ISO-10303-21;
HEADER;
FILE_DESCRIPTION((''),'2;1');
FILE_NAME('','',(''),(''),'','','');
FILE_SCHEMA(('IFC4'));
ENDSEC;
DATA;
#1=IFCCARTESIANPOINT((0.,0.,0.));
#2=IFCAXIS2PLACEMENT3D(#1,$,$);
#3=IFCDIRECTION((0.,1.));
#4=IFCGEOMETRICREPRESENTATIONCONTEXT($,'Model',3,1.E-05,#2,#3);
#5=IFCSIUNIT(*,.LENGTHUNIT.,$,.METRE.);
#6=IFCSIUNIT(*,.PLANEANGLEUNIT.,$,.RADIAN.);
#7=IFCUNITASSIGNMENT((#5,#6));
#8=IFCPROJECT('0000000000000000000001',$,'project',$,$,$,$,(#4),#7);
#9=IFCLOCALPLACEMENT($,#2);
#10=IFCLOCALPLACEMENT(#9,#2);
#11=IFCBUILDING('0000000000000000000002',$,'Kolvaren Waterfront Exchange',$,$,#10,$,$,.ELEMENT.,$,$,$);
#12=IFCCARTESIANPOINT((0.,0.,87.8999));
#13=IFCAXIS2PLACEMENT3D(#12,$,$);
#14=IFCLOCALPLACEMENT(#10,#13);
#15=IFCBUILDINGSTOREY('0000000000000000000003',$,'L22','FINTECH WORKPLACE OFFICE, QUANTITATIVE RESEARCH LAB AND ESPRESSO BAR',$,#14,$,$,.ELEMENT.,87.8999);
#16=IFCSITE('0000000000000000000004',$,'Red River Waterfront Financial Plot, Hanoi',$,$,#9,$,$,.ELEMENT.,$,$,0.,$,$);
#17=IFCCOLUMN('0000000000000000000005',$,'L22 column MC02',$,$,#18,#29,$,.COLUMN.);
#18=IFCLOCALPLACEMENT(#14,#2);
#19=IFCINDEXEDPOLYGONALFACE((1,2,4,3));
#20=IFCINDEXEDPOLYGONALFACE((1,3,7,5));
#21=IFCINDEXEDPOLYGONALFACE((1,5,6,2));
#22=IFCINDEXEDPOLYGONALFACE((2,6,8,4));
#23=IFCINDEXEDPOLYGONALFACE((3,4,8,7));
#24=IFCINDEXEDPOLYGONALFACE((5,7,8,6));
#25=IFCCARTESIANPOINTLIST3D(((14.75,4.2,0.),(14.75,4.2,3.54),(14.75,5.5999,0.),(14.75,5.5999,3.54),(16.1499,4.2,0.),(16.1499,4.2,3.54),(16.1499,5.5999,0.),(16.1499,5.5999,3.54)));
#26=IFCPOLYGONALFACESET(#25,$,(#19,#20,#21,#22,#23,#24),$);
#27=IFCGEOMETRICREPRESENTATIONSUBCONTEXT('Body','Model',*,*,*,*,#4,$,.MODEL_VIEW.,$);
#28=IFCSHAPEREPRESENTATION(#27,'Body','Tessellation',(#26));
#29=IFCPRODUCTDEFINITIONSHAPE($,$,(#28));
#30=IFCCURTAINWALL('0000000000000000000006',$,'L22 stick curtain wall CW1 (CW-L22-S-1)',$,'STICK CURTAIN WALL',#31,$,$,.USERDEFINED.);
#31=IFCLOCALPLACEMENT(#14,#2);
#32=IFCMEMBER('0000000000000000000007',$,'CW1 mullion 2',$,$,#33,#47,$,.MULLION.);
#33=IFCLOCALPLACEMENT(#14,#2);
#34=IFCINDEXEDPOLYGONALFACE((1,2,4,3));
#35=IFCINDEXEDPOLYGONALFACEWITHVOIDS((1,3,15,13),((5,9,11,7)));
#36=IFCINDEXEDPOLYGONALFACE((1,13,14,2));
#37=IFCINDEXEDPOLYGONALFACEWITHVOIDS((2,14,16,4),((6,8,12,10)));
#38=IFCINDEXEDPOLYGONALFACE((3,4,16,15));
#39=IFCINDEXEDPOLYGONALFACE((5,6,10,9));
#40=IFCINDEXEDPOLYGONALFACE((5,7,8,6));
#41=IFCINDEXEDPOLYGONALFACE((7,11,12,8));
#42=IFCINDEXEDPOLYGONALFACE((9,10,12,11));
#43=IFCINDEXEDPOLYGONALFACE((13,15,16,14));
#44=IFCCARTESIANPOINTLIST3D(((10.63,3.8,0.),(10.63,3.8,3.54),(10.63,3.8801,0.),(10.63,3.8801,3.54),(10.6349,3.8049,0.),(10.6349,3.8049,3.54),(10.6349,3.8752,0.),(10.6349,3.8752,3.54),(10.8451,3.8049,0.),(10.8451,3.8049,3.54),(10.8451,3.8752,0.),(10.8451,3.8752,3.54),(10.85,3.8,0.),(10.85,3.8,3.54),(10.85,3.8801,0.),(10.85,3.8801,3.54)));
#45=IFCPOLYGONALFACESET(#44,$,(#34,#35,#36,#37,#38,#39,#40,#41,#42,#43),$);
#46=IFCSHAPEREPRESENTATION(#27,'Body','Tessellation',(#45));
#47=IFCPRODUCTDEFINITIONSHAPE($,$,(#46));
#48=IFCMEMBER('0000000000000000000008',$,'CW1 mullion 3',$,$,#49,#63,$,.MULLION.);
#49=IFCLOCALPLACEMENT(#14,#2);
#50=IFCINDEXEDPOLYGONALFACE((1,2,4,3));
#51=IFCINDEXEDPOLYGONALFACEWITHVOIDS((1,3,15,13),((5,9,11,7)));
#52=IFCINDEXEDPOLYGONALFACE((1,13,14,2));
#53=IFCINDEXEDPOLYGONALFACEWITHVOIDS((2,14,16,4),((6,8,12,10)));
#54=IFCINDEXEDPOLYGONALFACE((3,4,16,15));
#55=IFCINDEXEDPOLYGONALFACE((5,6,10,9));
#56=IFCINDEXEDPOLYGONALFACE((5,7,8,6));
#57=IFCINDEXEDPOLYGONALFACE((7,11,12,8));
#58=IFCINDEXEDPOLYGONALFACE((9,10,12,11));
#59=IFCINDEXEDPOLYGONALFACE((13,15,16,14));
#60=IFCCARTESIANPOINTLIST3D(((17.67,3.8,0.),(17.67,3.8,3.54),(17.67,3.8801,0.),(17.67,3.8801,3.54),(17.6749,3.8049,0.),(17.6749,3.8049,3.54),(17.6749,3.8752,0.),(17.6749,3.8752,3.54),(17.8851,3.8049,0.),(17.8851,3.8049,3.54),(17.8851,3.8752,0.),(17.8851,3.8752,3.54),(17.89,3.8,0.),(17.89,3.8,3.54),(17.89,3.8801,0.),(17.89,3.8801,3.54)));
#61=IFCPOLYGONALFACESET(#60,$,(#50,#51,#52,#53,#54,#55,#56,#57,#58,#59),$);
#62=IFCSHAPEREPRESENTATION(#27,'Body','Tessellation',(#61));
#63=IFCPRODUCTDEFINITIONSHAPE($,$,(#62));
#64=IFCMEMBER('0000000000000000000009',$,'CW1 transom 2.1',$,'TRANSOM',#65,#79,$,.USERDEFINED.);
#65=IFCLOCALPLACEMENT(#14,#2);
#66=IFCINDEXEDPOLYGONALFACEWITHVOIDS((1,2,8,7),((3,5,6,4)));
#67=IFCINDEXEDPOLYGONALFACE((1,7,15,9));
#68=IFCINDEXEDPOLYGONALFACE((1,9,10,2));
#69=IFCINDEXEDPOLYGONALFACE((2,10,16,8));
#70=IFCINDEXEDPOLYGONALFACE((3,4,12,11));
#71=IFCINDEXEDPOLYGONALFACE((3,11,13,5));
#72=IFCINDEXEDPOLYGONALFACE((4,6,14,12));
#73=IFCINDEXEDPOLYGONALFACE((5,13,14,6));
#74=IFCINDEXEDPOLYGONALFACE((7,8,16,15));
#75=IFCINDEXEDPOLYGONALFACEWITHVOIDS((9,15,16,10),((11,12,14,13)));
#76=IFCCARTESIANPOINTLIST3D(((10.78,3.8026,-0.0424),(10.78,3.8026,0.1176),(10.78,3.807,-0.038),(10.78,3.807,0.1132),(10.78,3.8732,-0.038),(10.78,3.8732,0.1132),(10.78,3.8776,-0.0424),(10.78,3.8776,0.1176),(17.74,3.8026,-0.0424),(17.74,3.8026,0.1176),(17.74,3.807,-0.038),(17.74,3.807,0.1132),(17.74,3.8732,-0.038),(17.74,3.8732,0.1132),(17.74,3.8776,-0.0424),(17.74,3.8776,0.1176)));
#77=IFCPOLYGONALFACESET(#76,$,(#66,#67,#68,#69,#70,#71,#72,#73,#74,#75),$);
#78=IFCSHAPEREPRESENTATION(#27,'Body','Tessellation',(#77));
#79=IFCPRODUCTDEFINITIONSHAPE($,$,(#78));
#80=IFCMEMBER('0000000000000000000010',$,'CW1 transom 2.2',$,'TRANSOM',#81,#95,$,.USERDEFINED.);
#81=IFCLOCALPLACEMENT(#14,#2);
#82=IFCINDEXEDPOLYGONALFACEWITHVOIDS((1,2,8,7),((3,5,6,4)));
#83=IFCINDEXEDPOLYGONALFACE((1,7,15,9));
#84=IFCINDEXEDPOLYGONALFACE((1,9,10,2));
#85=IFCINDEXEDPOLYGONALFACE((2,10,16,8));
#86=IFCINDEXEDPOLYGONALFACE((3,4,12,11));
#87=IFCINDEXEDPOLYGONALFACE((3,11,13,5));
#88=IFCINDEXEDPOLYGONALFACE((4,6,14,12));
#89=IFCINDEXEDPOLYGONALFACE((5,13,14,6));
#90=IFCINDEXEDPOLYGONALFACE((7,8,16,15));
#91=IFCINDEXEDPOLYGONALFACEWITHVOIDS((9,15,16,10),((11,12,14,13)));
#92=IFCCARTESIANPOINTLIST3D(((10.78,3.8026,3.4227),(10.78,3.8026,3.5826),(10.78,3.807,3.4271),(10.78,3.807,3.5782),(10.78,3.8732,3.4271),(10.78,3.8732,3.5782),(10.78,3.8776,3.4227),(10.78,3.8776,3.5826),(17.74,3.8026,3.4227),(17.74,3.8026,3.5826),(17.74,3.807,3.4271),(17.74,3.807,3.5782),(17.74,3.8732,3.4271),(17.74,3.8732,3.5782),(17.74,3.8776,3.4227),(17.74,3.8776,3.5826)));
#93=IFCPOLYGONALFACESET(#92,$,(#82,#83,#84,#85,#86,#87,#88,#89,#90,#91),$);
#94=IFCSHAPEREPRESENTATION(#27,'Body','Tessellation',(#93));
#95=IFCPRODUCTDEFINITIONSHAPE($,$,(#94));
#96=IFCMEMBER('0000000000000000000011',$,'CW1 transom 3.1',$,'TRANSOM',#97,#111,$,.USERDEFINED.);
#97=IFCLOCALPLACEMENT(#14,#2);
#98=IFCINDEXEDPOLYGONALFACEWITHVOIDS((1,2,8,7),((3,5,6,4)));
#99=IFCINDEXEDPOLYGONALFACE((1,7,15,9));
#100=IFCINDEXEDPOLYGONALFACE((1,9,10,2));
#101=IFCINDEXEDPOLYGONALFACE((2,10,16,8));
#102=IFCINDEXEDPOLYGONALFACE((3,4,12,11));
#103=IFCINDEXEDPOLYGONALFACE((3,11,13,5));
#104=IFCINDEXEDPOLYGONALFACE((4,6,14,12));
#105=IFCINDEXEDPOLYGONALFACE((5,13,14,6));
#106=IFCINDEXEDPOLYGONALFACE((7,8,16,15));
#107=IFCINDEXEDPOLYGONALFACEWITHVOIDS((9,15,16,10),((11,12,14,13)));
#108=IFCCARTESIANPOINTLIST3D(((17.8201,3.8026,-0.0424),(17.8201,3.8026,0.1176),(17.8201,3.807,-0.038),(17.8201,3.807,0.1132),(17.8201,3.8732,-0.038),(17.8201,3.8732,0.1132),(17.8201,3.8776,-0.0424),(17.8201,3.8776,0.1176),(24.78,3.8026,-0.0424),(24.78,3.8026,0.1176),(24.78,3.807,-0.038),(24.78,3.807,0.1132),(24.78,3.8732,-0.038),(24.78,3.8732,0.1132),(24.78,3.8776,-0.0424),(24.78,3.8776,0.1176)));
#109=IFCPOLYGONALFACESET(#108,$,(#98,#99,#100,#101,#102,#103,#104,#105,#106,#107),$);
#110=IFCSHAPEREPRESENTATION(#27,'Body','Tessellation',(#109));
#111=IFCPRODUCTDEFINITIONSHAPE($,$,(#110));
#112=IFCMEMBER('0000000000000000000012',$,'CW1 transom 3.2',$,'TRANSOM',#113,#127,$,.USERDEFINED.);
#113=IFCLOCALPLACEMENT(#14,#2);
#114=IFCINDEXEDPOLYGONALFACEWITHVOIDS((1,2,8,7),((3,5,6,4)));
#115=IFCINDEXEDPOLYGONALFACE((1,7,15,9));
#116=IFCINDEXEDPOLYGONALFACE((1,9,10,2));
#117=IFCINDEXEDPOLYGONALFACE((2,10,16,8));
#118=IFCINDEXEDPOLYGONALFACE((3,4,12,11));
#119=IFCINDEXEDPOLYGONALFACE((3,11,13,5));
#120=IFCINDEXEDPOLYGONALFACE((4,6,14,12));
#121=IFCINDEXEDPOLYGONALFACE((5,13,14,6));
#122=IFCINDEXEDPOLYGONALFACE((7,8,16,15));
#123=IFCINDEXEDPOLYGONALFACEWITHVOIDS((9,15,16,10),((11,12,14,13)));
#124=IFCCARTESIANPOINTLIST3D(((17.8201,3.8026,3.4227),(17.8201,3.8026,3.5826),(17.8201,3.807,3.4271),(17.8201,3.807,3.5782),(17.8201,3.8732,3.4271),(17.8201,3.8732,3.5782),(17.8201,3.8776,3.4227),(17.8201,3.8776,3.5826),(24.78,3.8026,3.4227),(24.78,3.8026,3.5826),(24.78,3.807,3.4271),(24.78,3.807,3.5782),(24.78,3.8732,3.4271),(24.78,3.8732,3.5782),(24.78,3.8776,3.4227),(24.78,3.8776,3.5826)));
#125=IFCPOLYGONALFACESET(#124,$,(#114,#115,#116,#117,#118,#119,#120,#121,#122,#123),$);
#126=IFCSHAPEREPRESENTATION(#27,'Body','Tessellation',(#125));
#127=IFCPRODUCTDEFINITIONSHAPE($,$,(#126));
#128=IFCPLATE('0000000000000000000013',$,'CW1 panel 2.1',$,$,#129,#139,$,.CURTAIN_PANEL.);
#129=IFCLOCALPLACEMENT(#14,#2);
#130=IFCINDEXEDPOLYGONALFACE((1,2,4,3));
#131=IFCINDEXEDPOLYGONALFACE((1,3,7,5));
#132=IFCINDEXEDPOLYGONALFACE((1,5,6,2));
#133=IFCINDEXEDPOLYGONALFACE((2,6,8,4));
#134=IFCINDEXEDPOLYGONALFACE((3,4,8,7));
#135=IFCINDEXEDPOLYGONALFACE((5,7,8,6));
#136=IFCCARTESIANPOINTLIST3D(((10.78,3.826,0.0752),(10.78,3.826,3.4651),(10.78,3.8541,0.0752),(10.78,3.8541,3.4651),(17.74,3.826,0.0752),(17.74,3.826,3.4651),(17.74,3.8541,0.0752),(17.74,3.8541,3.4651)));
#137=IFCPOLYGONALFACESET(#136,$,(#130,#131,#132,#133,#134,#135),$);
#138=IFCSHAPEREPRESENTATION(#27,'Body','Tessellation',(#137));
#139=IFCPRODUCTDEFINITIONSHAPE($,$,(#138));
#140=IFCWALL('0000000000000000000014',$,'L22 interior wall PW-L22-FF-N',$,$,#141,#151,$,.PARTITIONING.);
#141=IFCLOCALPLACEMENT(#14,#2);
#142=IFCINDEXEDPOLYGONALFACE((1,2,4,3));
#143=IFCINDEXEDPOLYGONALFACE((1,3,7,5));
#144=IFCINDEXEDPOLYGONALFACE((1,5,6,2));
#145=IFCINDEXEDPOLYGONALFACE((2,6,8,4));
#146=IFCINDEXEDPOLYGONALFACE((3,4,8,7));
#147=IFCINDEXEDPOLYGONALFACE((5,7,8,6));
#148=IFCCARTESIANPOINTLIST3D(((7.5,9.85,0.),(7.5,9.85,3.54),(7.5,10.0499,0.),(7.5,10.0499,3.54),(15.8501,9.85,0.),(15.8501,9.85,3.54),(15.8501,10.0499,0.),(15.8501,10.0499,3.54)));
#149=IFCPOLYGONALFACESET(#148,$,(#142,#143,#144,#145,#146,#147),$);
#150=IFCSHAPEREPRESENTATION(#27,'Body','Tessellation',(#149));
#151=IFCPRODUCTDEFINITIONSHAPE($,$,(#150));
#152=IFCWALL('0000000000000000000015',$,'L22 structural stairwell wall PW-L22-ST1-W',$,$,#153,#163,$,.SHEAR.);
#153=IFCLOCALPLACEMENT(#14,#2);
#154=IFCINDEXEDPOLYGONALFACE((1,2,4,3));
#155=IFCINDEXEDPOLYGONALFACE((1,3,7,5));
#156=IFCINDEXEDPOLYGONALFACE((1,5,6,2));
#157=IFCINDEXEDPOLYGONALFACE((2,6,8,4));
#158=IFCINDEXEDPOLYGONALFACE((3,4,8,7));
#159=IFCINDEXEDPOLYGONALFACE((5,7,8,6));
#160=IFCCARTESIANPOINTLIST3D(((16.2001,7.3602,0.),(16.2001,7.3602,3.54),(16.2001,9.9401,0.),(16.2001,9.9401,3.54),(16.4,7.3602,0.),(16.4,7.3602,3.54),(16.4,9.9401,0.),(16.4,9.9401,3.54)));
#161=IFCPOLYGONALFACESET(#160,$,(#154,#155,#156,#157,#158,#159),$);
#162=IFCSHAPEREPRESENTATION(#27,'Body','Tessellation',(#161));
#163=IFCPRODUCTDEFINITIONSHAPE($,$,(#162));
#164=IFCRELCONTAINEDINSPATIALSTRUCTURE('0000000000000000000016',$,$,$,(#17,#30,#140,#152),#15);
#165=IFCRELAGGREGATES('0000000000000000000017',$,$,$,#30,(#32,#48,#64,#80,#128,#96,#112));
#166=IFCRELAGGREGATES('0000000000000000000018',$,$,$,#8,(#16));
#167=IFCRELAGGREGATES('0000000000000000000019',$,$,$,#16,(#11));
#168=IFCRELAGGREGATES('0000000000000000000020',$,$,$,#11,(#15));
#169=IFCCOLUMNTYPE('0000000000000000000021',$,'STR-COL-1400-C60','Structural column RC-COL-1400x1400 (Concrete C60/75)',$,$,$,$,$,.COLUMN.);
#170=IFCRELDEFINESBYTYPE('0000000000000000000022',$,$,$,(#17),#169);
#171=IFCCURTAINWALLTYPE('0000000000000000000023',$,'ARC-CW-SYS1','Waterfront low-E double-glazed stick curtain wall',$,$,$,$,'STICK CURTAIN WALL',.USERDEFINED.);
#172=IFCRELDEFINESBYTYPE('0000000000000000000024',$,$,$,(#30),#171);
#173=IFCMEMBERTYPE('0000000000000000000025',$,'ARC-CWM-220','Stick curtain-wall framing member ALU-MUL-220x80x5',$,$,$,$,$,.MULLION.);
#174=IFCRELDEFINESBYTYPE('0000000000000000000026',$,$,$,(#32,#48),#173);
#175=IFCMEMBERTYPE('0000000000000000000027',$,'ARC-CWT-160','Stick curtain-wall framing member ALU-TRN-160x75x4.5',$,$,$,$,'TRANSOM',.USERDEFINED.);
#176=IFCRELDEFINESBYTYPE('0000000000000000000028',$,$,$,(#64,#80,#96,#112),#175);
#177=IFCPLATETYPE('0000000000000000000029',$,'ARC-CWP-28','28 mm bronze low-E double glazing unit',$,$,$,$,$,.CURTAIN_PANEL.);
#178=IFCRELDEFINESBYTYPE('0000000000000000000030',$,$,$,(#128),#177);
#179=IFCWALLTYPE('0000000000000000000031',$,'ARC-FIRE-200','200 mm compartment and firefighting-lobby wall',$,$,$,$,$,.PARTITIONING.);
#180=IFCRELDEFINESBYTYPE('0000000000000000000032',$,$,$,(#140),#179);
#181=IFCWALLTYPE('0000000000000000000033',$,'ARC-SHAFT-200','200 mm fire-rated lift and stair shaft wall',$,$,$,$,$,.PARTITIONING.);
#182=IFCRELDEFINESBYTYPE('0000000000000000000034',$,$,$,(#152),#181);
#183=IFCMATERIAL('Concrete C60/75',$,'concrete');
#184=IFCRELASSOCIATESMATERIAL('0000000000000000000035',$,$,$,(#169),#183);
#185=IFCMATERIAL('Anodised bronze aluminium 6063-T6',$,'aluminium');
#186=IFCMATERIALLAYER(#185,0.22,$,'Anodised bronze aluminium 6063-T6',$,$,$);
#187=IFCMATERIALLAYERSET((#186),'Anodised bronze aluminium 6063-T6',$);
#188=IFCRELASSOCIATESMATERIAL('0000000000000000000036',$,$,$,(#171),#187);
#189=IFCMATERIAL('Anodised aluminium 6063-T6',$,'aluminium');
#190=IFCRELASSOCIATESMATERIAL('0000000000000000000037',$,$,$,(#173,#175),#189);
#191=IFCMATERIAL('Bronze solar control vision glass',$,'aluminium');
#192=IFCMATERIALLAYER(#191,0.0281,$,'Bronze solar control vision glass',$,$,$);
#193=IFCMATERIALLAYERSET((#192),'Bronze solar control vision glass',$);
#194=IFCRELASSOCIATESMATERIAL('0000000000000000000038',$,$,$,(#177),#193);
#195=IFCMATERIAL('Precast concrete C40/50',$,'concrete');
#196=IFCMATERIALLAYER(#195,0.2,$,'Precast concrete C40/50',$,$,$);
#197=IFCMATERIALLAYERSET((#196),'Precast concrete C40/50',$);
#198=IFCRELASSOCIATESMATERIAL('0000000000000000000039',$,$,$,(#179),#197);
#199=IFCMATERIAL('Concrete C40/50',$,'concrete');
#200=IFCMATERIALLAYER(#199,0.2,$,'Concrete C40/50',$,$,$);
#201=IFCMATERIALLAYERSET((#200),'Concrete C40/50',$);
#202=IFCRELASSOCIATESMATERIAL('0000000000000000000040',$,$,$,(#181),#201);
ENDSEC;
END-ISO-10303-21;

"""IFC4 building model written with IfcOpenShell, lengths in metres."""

from ifc_helpers import new_model, si_unit, direction, frame, frame_2d, origin, origin_with_axes, origin_2d, place, context, subcontext, project, spatial, rectangle, hollow_rectangle, extrude, source, transform, mapped, material, layer, layer_set, material_profile, profile_set, type_object, element, aggregate, save


model = new_model("IFC4")

# Units and contexts
model_context = context("Model", 3, precision=1e-05, world=origin(), true_north=direction((0.0, 1.0)))
body_context = subcontext(model_context, "Body", "Model", "MODEL_VIEW")
ifc_project = project(units=[si_unit("LENGTHUNIT", "METRE"), si_unit("PLANEANGLEUNIT", "RADIAN")], contexts=[model_context])

# Site, building, storey
site_placement = place(None, origin())
site = spatial("IfcSite", under=ifc_project, at=site_placement, Name="Red River Waterfront Financial Plot, Hanoi", CompositionType="ELEMENT", RefElevation=0.0)
building_placement = place(site_placement, origin())
building = spatial("IfcBuilding", under=site, at=building_placement, Name="Kolvaren Waterfront Exchange", CompositionType="ELEMENT")
storey_placement = place(building_placement, frame((0.0, 0.0, 87.8999)))
storey = spatial("IfcBuildingStorey", under=building, at=storey_placement, Name="L22", Description="FINTECH WORKPLACE OFFICE, QUANTITATIVE RESEARCH LAB AND ESPRESSO BAR", CompositionType="ELEMENT", Elevation=87.8999)

# Column
ifc_material_1 = material(Name="Concrete C60/75", Category="concrete")
ifc_material_profile_1 = material_profile(ifc_material_1, rectangle(XDim=1.3999, YDim=1.3999, at=origin_2d()), Name="RC-COL-1400x1400")
ifc_profile_set_1 = profile_set([ifc_material_profile_1], Name="Concrete C60/75")
column_type = type_object("IfcColumnType", Name="STR-COL-1400-C60", Description="Structural column RC-COL-1400x1400 (Concrete C60/75)", PredefinedType="COLUMN", material=ifc_profile_set_1)
column_placement = place(storey_placement, frame((15.45, 4.8999, 0.0), z_axis=(0.0, 0.0, 1.0), x_axis=(1.0, 0.0, 0.0)))
element("IfcColumn", 1, at=column_placement, inside=storey, type_object=column_type, Name="L22 column MC02", PredefinedType="COLUMN", context=body_context, shape_type="SweptSolid", body=[
    extrude(rectangle(XDim=1.3999, YDim=1.3999, at=origin_2d()), origin(), (0.0, 0.0, 1.0), 3.54),
])

# Curtain wall, members, plate
ifc_material_2 = material(Name="Anodised bronze aluminium 6063-T6", Category="aluminium")
ifc_layer_1 = layer(ifc_material_2, 0.22, Name="Anodised bronze aluminium 6063-T6")
ifc_layer_set_1 = layer_set([ifc_layer_1], Name="Anodised bronze aluminium 6063-T6")
curtain_wall_type = type_object("IfcCurtainWallType", Name="ARC-CW-SYS1", Description="Waterfront low-E double-glazed stick curtain wall", ElementType="STICK CURTAIN WALL", PredefinedType="USERDEFINED", material=ifc_layer_set_1)
curtain_wall_placement = place(storey_placement, origin())
curtain_wall = element("IfcCurtainWall", 2, at=curtain_wall_placement, inside=storey, type_object=curtain_wall_type, Name="L22 stick curtain wall CW1 (CW-L22-S-1)", ObjectType="STICK CURTAIN WALL", PredefinedType="USERDEFINED")
ifc_material_3 = material(Name="Anodised aluminium 6063-T6", Category="aluminium")
ifc_material_profile_2 = material_profile(ifc_material_3, hollow_rectangle(XDim=0.0801, YDim=0.22, WallThickness=0.0049, at=origin_2d()), Name="ALU-MUL-220x80x5")
ifc_profile_set_2 = profile_set([ifc_material_profile_2], Name="Anodised aluminium 6063-T6")
member_type_1 = type_object("IfcMemberType", Name="ARC-CWM-220", Description="Stick curtain-wall framing member ALU-MUL-220x80x5", PredefinedType="MULLION", material=ifc_profile_set_2)
shared_shape_1 = source(origin_with_axes(), body_context, "Body", "SweptSolid", [
    extrude(hollow_rectangle(XDim=0.0801, YDim=0.22, WallThickness=0.0049, at=origin_2d()), origin(), (0.0, 0.0, 1.0), 3.54),
])
member_1_placement = place(storey_placement, frame((10.74, 3.8401, 0.0), z_axis=(0.0, 0.0, 1.0), x_axis=(0.0, 1.0, 0.0)))
member_1 = element("IfcMember", 3, at=member_1_placement, type_object=member_type_1, Name="CW1 mullion 2", PredefinedType="MULLION", context=body_context, shape_type="MappedRepresentation", body=[
    mapped(shared_shape_1, transform((0.0, 0.0, 0.0), x_axis=(1.0, 0.0, 0.0), y_axis=(0.0, 1.0, 0.0), z_axis=(0.0, 0.0, 1.0), scale=1.0)),
])
member_2_placement = place(storey_placement, frame((17.78, 3.8401, 0.0), z_axis=(0.0, 0.0, 1.0), x_axis=(0.0, 1.0, 0.0)))
member_2 = element("IfcMember", 4, at=member_2_placement, type_object=member_type_1, Name="CW1 mullion 3", PredefinedType="MULLION", context=body_context, shape_type="MappedRepresentation", body=[
    mapped(shared_shape_1, transform((0.0, 0.0, 0.0), x_axis=(1.0, 0.0, 0.0), y_axis=(0.0, 1.0, 0.0), z_axis=(0.0, 0.0, 1.0), scale=1.0)),
])
ifc_material_profile_3 = material_profile(ifc_material_3, hollow_rectangle(XDim=0.075, YDim=0.1599, WallThickness=0.0044, at=origin_2d()), Name="ALU-TRN-160x75x4.5")
ifc_profile_set_3 = profile_set([ifc_material_profile_3], Name="Anodised aluminium 6063-T6")
member_type_2 = type_object("IfcMemberType", Name="ARC-CWT-160", Description="Stick curtain-wall framing member ALU-TRN-160x75x4.5", ElementType="TRANSOM", PredefinedType="USERDEFINED", material=ifc_profile_set_3)
shared_shape_2 = source(origin_with_axes(), body_context, "Body", "SweptSolid", [
    extrude(hollow_rectangle(XDim=0.075, YDim=0.1599, WallThickness=0.0044, at=origin_2d()), origin(), (0.0, 0.0, 1.0), 6.96),
])
member_3_placement = place(storey_placement, frame((10.78, 3.8401, 0.0376), z_axis=(1.0, 0.0, 0.0), x_axis=(0.0, 1.0, 0.0)))
member_3 = element("IfcMember", 5, at=member_3_placement, type_object=member_type_2, Name="CW1 transom 2.1", ObjectType="TRANSOM", PredefinedType="USERDEFINED", context=body_context, shape_type="MappedRepresentation", body=[
    mapped(shared_shape_2, transform((0.0, 0.0, 0.0), x_axis=(1.0, 0.0, 0.0), y_axis=(0.0, 1.0, 0.0), z_axis=(0.0, 0.0, 1.0), scale=1.0)),
])
member_4_placement = place(storey_placement, frame((10.78, 3.8401, 3.5027), z_axis=(1.0, 0.0, 0.0), x_axis=(0.0, 1.0, 0.0)))
member_4 = element("IfcMember", 6, at=member_4_placement, type_object=member_type_2, Name="CW1 transom 2.2", ObjectType="TRANSOM", PredefinedType="USERDEFINED", context=body_context, shape_type="MappedRepresentation", body=[
    mapped(shared_shape_2, transform((0.0, 0.0, 0.0), x_axis=(1.0, 0.0, 0.0), y_axis=(0.0, 1.0, 0.0), z_axis=(0.0, 0.0, 1.0), scale=1.0)),
])
member_5_placement = place(storey_placement, frame((17.8201, 3.8401, 0.0376), z_axis=(1.0, 0.0, 0.0), x_axis=(0.0, 1.0, 0.0)))
member_5 = element("IfcMember", 7, at=member_5_placement, type_object=member_type_2, Name="CW1 transom 3.1", ObjectType="TRANSOM", PredefinedType="USERDEFINED", context=body_context, shape_type="MappedRepresentation", body=[
    mapped(shared_shape_2, transform((0.0, 0.0, 0.0), x_axis=(1.0, 0.0, 0.0), y_axis=(0.0, 1.0, 0.0), z_axis=(0.0, 0.0, 1.0), scale=1.0)),
])
member_6_placement = place(storey_placement, frame((17.8201, 3.8401, 3.5027), z_axis=(1.0, 0.0, 0.0), x_axis=(0.0, 1.0, 0.0)))
member_6 = element("IfcMember", 8, at=member_6_placement, type_object=member_type_2, Name="CW1 transom 3.2", ObjectType="TRANSOM", PredefinedType="USERDEFINED", context=body_context, shape_type="MappedRepresentation", body=[
    mapped(shared_shape_2, transform((0.0, 0.0, 0.0), x_axis=(1.0, 0.0, 0.0), y_axis=(0.0, 1.0, 0.0), z_axis=(0.0, 0.0, 1.0), scale=1.0)),
])
ifc_material_4 = material(Name="Bronze solar control vision glass", Category="aluminium")
ifc_layer_2 = layer(ifc_material_4, 0.0281, Name="Bronze solar control vision glass")
ifc_layer_set_2 = layer_set([ifc_layer_2], Name="Bronze solar control vision glass")
plate_type = type_object("IfcPlateType", Name="ARC-CWP-28", Description="28 mm bronze low-E double glazing unit", PredefinedType="CURTAIN_PANEL", material=ifc_layer_set_2)
shared_shape_3 = source(origin_with_axes(), body_context, "Body", "SweptSolid", [
    extrude(rectangle(XDim=6.96, YDim=0.0281, at=origin_2d()), origin(), (0.0, 0.0, 1.0), 3.3899),
])
plate_placement = place(storey_placement, frame((14.26, 3.8401, 0.0752), z_axis=(0.0, 0.0, 1.0), x_axis=(1.0, 0.0, 0.0)))
plate = element("IfcPlate", 9, at=plate_placement, type_object=plate_type, Name="CW1 panel 2.1", PredefinedType="CURTAIN_PANEL", context=body_context, shape_type="MappedRepresentation", body=[
    mapped(shared_shape_3, transform((0.0, 0.0, 0.0), x_axis=(1.0, 0.0, 0.0), y_axis=(0.0, 1.0, 0.0), z_axis=(0.0, 0.0, 1.0), scale=1.0)),
])
aggregate(curtain_wall, [member_1, member_2, member_3, member_4, plate, member_5, member_6])

# Walls
ifc_material_5 = material(Name="Precast concrete C40/50", Category="concrete")
ifc_layer_3 = layer(ifc_material_5, 0.2, Name="Precast concrete C40/50")
ifc_layer_set_3 = layer_set([ifc_layer_3], Name="Precast concrete C40/50")
wall_type_1 = type_object("IfcWallType", Name="ARC-FIRE-200", Description="200 mm compartment and firefighting-lobby wall", PredefinedType="PARTITIONING", material=ifc_layer_set_3)
wall_1_placement = place(storey_placement, frame((7.5, 9.95, 0.0), z_axis=(0.0, 0.0, 1.0), x_axis=(1.0, 0.0, 0.0)))
element("IfcWall", 10, at=wall_1_placement, inside=storey, type_object=wall_type_1, Name="L22 interior wall PW-L22-FF-N", PredefinedType="PARTITIONING", context=body_context, shape_type="SweptSolid", body=[
    extrude(rectangle(XDim=8.3501, YDim=0.2, at=frame_2d((4.175, 0.0))), origin(), (0.0, 0.0, 1.0), 3.54),
])
ifc_material_6 = material(Name="Concrete C40/50", Category="concrete")
ifc_layer_4 = layer(ifc_material_6, 0.2, Name="Concrete C40/50")
ifc_layer_set_4 = layer_set([ifc_layer_4], Name="Concrete C40/50")
wall_type_2 = type_object("IfcWallType", Name="ARC-SHAFT-200", Description="200 mm fire-rated lift and stair shaft wall", PredefinedType="PARTITIONING", material=ifc_layer_set_4)
wall_2_placement = place(storey_placement, frame((16.3, 7.3601, 0.0), z_axis=(0.0, 0.0, 1.0), x_axis=(0.0, 1.0, 0.0)))
element("IfcWall", 11, at=wall_2_placement, inside=storey, type_object=wall_type_2, Name="L22 structural stairwell wall PW-L22-ST1-W", PredefinedType="SHEAR", context=body_context, shape_type="SweptSolid", body=[
    extrude(rectangle(XDim=2.5798, YDim=0.2, at=frame_2d((1.29, 0.0))), origin(), (0.0, 0.0, 1.0), 3.54),
])

save(model, "model.ifc")
